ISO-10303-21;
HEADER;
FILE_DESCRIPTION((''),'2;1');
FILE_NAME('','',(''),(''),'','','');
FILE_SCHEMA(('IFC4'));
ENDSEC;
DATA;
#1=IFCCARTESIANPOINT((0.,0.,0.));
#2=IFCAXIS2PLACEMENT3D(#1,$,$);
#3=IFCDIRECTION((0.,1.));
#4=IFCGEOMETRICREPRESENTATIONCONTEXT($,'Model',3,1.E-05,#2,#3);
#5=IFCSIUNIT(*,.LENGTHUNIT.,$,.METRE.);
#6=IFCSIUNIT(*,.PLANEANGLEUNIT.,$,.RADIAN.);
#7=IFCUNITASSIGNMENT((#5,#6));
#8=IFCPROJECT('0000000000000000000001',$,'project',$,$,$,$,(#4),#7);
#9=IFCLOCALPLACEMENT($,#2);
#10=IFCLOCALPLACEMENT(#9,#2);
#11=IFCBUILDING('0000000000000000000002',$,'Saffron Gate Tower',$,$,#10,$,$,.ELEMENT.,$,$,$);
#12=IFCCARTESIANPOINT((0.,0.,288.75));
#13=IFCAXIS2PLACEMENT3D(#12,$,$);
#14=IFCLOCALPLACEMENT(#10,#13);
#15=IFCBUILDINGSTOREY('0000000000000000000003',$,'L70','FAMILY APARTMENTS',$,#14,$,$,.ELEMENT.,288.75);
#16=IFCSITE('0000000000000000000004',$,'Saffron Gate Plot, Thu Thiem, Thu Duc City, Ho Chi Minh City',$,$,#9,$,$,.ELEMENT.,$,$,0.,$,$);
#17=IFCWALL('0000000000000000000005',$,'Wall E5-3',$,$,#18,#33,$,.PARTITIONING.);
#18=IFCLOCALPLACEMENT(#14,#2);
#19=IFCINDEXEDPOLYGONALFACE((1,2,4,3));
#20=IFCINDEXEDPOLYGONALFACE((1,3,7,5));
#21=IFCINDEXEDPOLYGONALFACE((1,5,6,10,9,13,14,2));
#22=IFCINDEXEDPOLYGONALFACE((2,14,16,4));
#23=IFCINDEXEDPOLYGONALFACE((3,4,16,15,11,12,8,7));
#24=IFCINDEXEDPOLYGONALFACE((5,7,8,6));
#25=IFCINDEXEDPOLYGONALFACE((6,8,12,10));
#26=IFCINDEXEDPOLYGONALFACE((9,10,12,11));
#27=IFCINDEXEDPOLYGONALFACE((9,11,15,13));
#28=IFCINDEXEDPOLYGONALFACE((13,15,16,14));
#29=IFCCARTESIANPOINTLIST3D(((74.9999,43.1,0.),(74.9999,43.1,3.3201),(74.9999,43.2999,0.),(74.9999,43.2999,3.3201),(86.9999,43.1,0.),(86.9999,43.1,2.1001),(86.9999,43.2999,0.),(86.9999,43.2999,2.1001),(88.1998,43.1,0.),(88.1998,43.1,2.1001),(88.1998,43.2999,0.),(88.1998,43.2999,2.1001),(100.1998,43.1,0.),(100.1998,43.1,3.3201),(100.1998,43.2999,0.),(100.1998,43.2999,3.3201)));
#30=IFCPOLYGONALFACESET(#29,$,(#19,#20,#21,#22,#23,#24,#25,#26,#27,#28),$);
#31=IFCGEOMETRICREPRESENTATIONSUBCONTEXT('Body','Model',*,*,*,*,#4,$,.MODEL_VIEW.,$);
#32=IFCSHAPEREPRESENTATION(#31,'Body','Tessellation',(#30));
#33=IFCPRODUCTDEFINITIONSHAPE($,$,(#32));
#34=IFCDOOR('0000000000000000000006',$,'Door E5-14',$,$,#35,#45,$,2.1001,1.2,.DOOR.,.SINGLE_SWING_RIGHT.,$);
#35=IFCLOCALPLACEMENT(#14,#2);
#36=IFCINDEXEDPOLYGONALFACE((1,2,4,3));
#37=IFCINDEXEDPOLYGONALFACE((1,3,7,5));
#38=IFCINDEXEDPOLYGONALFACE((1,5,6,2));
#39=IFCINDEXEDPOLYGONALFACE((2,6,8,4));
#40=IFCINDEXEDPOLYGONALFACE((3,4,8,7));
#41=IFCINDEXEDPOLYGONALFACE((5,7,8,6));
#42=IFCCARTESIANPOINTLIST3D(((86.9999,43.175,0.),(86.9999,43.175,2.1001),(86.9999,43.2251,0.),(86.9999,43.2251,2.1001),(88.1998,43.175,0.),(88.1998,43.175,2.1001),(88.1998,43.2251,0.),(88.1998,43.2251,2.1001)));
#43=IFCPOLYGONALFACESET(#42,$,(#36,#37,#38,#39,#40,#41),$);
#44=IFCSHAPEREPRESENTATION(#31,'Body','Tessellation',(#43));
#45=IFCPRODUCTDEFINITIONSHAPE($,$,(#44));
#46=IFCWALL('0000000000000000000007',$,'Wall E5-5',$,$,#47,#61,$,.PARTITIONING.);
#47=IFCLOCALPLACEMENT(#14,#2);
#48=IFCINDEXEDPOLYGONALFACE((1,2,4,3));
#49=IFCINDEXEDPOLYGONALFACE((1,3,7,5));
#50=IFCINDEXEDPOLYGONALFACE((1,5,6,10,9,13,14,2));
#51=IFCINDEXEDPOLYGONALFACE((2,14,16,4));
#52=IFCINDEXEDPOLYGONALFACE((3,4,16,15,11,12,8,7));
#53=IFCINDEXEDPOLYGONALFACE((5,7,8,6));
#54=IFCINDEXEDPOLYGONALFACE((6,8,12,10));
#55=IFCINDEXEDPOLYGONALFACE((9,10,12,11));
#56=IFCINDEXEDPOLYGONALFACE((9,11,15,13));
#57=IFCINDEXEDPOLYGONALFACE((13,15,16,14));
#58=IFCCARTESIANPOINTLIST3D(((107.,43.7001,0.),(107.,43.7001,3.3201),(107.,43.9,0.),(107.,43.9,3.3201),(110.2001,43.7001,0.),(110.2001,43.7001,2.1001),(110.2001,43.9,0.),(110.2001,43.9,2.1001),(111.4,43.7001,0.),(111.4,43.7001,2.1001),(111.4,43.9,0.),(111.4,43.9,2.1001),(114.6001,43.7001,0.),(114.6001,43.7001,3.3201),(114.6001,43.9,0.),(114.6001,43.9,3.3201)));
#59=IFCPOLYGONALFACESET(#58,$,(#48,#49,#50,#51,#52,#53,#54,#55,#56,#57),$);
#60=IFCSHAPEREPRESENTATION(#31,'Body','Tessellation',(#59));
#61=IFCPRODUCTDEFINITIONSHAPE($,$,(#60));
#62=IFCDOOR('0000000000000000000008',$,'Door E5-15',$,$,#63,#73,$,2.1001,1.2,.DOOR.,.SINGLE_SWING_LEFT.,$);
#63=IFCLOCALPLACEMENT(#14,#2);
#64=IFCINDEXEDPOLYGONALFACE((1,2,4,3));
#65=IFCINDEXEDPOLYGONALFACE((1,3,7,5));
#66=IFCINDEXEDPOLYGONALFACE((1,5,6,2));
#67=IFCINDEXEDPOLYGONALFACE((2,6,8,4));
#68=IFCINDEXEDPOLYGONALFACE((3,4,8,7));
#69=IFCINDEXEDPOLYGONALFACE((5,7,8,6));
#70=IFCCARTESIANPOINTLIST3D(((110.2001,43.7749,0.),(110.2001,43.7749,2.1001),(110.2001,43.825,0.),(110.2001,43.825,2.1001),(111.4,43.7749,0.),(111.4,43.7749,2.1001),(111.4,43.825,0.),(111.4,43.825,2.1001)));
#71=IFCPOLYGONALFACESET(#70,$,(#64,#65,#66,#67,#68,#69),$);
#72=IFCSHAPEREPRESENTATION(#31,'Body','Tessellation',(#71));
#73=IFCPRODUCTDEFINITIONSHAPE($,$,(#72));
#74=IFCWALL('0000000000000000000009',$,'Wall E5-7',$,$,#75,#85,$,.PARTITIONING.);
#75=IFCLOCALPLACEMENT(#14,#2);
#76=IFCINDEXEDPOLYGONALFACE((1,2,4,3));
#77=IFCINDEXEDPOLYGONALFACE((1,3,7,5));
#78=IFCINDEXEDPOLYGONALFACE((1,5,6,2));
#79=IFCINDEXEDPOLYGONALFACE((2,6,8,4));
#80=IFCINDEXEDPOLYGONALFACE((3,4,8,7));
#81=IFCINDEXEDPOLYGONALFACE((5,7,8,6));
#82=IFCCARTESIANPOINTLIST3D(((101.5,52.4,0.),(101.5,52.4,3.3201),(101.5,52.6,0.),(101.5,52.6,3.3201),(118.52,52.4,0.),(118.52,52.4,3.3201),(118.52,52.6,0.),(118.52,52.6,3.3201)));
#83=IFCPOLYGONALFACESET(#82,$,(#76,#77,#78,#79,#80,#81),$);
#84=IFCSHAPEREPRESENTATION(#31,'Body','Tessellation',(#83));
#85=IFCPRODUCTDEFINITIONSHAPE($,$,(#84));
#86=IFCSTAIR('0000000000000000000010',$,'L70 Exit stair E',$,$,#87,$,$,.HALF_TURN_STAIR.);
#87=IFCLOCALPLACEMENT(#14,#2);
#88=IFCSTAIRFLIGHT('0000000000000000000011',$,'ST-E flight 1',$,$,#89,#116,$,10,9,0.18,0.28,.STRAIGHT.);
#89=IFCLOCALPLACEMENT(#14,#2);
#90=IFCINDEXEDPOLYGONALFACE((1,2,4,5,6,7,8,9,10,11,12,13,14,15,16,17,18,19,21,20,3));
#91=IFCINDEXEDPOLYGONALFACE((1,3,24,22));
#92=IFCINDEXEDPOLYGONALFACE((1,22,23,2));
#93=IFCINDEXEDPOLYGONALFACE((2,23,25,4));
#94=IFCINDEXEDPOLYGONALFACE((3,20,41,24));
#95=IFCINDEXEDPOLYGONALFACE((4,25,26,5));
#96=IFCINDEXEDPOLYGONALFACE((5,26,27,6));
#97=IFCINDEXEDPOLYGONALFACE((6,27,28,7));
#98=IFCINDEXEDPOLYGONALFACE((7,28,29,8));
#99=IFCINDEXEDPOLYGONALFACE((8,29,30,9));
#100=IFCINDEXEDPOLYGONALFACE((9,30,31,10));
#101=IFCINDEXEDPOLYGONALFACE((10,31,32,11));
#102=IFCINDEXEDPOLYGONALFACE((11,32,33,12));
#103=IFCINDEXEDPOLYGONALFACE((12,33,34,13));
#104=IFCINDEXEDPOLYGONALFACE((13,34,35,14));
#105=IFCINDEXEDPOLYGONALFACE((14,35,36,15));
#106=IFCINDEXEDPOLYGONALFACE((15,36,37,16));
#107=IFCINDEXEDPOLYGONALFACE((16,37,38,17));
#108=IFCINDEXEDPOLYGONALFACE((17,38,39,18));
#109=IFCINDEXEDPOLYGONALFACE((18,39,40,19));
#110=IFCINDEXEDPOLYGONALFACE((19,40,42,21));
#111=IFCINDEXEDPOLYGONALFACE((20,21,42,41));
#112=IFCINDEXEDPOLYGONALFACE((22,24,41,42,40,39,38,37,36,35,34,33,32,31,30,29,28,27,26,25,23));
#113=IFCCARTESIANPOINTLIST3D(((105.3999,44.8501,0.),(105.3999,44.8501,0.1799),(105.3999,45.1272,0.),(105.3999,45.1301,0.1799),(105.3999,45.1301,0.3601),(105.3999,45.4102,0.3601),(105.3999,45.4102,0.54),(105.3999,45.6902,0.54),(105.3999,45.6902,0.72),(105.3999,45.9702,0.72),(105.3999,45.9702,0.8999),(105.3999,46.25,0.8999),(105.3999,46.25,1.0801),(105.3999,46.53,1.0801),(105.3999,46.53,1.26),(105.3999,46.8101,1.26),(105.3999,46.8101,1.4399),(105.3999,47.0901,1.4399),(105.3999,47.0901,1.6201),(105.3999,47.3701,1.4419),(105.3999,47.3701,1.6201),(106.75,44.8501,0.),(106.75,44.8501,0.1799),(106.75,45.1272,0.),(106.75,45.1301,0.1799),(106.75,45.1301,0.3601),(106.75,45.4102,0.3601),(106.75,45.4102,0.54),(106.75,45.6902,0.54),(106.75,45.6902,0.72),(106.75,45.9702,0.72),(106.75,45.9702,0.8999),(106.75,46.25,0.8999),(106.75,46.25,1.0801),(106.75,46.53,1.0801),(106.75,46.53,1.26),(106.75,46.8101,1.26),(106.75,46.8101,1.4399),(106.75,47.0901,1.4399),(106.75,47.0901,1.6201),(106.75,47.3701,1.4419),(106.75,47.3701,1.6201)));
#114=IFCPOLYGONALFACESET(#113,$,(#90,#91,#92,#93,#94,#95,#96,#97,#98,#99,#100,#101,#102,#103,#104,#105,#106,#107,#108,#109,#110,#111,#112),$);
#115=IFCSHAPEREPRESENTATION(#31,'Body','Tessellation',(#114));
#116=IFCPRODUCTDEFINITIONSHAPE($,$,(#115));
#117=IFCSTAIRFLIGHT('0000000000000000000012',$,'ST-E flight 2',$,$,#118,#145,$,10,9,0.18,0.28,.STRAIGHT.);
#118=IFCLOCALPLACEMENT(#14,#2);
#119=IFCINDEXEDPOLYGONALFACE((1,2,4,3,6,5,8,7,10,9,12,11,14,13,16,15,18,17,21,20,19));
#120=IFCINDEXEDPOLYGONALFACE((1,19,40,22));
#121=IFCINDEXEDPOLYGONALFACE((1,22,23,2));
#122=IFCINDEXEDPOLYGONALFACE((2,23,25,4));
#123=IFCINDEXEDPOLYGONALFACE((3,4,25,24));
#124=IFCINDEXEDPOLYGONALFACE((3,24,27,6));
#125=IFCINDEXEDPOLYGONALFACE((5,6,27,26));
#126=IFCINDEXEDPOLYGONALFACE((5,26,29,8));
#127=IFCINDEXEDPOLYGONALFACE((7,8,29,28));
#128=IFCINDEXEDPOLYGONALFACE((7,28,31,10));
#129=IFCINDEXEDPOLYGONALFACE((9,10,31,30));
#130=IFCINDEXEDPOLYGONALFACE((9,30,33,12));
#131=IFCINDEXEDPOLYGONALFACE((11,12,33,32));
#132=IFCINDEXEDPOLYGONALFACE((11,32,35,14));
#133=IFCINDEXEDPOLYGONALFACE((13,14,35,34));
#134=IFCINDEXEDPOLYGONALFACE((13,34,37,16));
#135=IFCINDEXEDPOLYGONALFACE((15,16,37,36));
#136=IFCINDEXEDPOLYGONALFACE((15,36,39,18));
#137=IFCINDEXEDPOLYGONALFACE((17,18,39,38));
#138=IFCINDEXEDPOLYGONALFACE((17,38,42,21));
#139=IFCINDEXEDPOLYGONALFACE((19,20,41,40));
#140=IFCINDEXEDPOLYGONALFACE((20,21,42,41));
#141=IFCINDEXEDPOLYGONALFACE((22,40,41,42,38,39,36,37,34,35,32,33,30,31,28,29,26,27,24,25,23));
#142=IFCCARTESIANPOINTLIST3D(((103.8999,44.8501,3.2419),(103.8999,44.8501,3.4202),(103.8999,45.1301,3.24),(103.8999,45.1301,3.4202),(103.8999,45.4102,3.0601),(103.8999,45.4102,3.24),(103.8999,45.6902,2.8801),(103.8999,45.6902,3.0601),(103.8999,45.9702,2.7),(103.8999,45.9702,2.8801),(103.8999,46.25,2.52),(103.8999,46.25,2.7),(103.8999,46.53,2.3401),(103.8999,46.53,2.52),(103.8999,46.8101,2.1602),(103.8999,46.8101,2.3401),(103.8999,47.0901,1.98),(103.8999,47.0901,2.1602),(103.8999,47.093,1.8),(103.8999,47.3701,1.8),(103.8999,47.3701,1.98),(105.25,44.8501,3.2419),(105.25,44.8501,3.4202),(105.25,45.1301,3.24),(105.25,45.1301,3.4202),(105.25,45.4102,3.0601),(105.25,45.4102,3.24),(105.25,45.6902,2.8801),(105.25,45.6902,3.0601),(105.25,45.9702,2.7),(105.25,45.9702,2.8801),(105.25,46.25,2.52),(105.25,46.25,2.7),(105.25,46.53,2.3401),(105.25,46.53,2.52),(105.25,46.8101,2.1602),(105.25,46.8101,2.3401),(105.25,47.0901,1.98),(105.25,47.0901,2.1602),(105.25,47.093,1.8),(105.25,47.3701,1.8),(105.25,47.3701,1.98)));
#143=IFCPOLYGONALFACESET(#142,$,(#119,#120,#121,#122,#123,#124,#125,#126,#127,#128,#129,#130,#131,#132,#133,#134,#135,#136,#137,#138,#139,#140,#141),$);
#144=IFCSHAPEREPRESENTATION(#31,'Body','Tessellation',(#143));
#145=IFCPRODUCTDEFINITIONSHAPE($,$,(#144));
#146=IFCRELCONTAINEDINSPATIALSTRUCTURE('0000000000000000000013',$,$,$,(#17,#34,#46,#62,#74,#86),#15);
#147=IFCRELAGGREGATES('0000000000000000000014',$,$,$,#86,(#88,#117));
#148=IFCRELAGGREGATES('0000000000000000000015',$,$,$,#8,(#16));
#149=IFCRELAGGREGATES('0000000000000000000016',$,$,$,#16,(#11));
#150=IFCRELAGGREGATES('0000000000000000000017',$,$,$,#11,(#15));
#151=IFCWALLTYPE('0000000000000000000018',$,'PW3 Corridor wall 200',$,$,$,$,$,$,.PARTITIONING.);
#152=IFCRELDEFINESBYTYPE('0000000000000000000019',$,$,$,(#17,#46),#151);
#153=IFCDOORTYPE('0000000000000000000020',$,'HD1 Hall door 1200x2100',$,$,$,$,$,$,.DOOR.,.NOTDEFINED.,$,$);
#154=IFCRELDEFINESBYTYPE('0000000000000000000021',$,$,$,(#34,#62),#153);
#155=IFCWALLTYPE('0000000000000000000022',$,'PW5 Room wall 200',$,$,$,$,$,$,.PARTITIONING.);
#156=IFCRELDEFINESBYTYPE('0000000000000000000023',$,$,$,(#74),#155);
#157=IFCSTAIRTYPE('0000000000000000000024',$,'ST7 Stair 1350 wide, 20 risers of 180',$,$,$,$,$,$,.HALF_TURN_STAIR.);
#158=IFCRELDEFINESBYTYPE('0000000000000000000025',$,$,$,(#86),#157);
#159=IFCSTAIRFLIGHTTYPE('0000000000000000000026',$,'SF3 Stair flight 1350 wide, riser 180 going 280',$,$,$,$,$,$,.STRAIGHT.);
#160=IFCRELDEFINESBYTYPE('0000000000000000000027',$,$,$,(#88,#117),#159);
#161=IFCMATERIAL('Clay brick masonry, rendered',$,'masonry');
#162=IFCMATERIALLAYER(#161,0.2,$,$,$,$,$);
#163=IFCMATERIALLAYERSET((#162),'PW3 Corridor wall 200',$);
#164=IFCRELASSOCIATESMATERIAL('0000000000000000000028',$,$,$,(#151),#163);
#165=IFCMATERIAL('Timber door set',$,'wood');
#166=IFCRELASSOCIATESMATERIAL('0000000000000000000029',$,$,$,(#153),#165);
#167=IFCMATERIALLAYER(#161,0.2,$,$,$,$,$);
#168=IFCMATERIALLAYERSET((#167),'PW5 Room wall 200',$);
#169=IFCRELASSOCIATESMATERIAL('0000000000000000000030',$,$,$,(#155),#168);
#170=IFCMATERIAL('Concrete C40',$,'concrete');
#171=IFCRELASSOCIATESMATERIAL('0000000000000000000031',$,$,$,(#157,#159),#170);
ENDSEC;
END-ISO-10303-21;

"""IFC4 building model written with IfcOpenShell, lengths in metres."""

from ifc_helpers import new_model, si_unit, direction, frame, frame_2d, origin, place, context, subcontext, project, spatial, polyline, rectangle, outline, extrude, material, layer, layer_set, type_object, element, fill, aggregate, save


model = new_model("IFC4")

# Units and contexts
model_context = context("Model", 3, precision=1e-05, world=origin(), true_north=direction((0.0, 1.0)))
body_context = subcontext(model_context, "Body", "Model", "MODEL_VIEW")
ifc_project = project(units=[si_unit("LENGTHUNIT", "METRE"), si_unit("PLANEANGLEUNIT", "RADIAN")], contexts=[model_context])

# Site, building, storey
site_placement = place(None, origin())
site = spatial("IfcSite", under=ifc_project, at=site_placement, Name="Saffron Gate Plot, Thu Thiem, Thu Duc City, Ho Chi Minh City", CompositionType="ELEMENT", RefElevation=0.0)
building_placement = place(site_placement, origin())
building = spatial("IfcBuilding", under=site, at=building_placement, Name="Saffron Gate Tower", CompositionType="ELEMENT")
storey_placement = place(building_placement, frame((0.0, 0.0, 288.75)))
storey = spatial("IfcBuildingStorey", under=building, at=storey_placement, Name="L70", Description="FAMILY APARTMENTS", CompositionType="ELEMENT", Elevation=288.75)

# Walls, openings, doors
ifc_material_1 = material(Name="Clay brick masonry, rendered", Category="masonry")
ifc_layer_1 = layer(ifc_material_1, 0.2)
ifc_layer_set_1 = layer_set([ifc_layer_1], Name="PW3 Corridor wall 200")
wall_type_1 = type_object("IfcWallType", Name="PW3 Corridor wall 200", PredefinedType="PARTITIONING", material=ifc_layer_set_1)
wall_1_placement = place(storey_placement, frame((100.2, 43.2, 0.0), z_axis=(0.0, 0.0, 1.0), x_axis=(-1.0, 0.0, 0.0)))
wall_1 = element("IfcWall", 1, at=wall_1_placement, inside=storey, type_object=wall_type_1, Name="Wall E5-3", PredefinedType="PARTITIONING", context=body_context, shape_type="SweptSolid", body=[
    extrude(rectangle(XDim=25.2, YDim=0.2, at=frame_2d((12.6001, 0.0))), origin(), (0.0, 0.0, 1.0), 3.3201),
])
opening_1_placement = place(wall_1_placement, frame((12.0, 0.0, 0.0)))
opening_1 = element("IfcOpeningElement", 2, at=opening_1_placement, cuts=wall_1, PredefinedType="OPENING", context=body_context, shape_type="SweptSolid", body=[
    extrude(rectangle(XDim=1.2, YDim=2.1001, at=frame_2d((0.6001, 1.05))), frame((0.0, 0.1099, 0.0), z_axis=(0.0, -1.0, 0.0), x_axis=(1.0, 0.0, 0.0)), (0.0, 0.0, 1.0), 0.22),
])
ifc_material_2 = material(Name="Timber door set", Category="wood")
door_type_1 = type_object("IfcDoorType", Name="HD1 Hall door 1200x2100", OperationType="NOTDEFINED", PredefinedType="DOOR", material=ifc_material_2)
door_1_placement = place(opening_1_placement, origin())
door_1 = element("IfcDoor", 3, at=door_1_placement, inside=storey, type_object=door_type_1, Name="Door E5-14", OperationType="SINGLE_SWING_RIGHT", OverallHeight=2.1001, OverallWidth=1.2, PredefinedType="DOOR", context=body_context, shape_type="SweptSolid", body=[
    extrude(rectangle(XDim=1.2, YDim=2.1001, at=frame_2d((0.6001, 1.05))), frame((0.0, 0.0249, 0.0), z_axis=(0.0, -1.0, 0.0), x_axis=(1.0, 0.0, 0.0)), (0.0, 0.0, 1.0), 0.05),
])
fill(opening_1, door_1)
wall_2_placement = place(storey_placement, frame((107.0, 43.8, 0.0), z_axis=(0.0, 0.0, 1.0), x_axis=(1.0, 0.0, 0.0)))
wall_2 = element("IfcWall", 4, at=wall_2_placement, inside=storey, type_object=wall_type_1, Name="Wall E5-5", PredefinedType="PARTITIONING", context=body_context, shape_type="SweptSolid", body=[
    extrude(rectangle(XDim=7.6001, YDim=0.2, at=frame_2d((3.8, 0.0))), origin(), (0.0, 0.0, 1.0), 3.3201),
])
opening_2_placement = place(wall_2_placement, frame((3.2, 0.0, 0.0)))
opening_2 = element("IfcOpeningElement", 5, at=opening_2_placement, cuts=wall_2, PredefinedType="OPENING", context=body_context, shape_type="SweptSolid", body=[
    extrude(rectangle(XDim=1.2, YDim=2.1001, at=frame_2d((0.6001, 1.05))), frame((0.0, 0.1099, 0.0), z_axis=(0.0, -1.0, 0.0), x_axis=(1.0, 0.0, 0.0)), (0.0, 0.0, 1.0), 0.22),
])
door_2_placement = place(opening_2_placement, origin())
door_2 = element("IfcDoor", 6, at=door_2_placement, inside=storey, type_object=door_type_1, Name="Door E5-15", OperationType="SINGLE_SWING_LEFT", OverallHeight=2.1001, OverallWidth=1.2, PredefinedType="DOOR", context=body_context, shape_type="SweptSolid", body=[
    extrude(rectangle(XDim=1.2, YDim=2.1001, at=frame_2d((0.6001, 1.05))), frame((0.0, 0.0249, 0.0), z_axis=(0.0, -1.0, 0.0), x_axis=(1.0, 0.0, 0.0)), (0.0, 0.0, 1.0), 0.05),
])
fill(opening_2, door_2)

# Wall
ifc_layer_2 = layer(ifc_material_1, 0.2)
ifc_layer_set_2 = layer_set([ifc_layer_2], Name="PW5 Room wall 200")
wall_type_2 = type_object("IfcWallType", Name="PW5 Room wall 200", PredefinedType="PARTITIONING", material=ifc_layer_set_2)
wall_3_placement = place(storey_placement, frame((101.5, 52.5, 0.0), z_axis=(0.0, 0.0, 1.0), x_axis=(1.0, 0.0, 0.0)))
element("IfcWall", 7, at=wall_3_placement, inside=storey, type_object=wall_type_2, Name="Wall E5-7", PredefinedType="PARTITIONING", context=body_context, shape_type="SweptSolid", body=[
    extrude(rectangle(XDim=17.02, YDim=0.2, at=frame_2d((8.51, 0.0))), origin(), (0.0, 0.0, 1.0), 3.3201),
])

# Stair, stair flights
ifc_material_3 = material(Name="Concrete C40", Category="concrete")
stair_type = type_object("IfcStairType", Name="ST7 Stair 1350 wide, 20 risers of 180", PredefinedType="HALF_TURN_STAIR", material=ifc_material_3)
stair_placement = place(storey_placement, origin())
stair = element("IfcStair", 8, at=stair_placement, inside=storey, type_object=stair_type, Name="L70 Exit stair E", PredefinedType="HALF_TURN_STAIR")
stair_flight_type = type_object("IfcStairFlightType", Name="SF3 Stair flight 1350 wide, riser 180 going 280", PredefinedType="STRAIGHT", material=ifc_material_3)
stair_flight_1_placement = place(storey_placement, frame((106.075, 44.8501, 0.0), z_axis=(0.0, 0.0, 1.0), x_axis=(0.0, 1.0, 0.0)))
stair_flight_1 = element("IfcStairFlight", 9, at=stair_flight_1_placement, type_object=stair_flight_type, Name="ST-E flight 1", NumberOfRisers=10, NumberOfTreads=9, PredefinedType="STRAIGHT", RiserHeight=0.18, TreadLength=0.28, context=body_context, shape_type="SweptSolid", body=[
    extrude(outline(polyline([(0.0, 0.0), (0.0, 0.1799), (0.28, 0.1799), (0.28, 0.3601), (0.5601, 0.3601), (0.5601, 0.54), (0.8401, 0.54), (0.8401, 0.72), (1.1201, 0.72), (1.1201, 0.8999), (1.3999, 0.8999), (1.3999, 1.0801), (1.6799, 1.0801), (1.6799, 1.26), (1.96, 1.26), (1.96, 1.4399), (2.24, 1.4399), (2.24, 1.6201), (2.52, 1.6201), (2.52, 1.8), (2.52, 1.4419), (0.2771, 0.0), (0.0, 0.0)])), frame((0.0, 0.675, 0.0), z_axis=(0.0, -1.0, 0.0), x_axis=(1.0, 0.0, 0.0)), (0.0, 0.0, 1.0), 1.3501),
])
stair_flight_2_placement = place(storey_placement, frame((104.575, 47.3701, 1.8), z_axis=(0.0, 0.0, 1.0), x_axis=(0.0, -1.0, 0.0)))
stair_flight_2 = element("IfcStairFlight", 10, at=stair_flight_2_placement, type_object=stair_flight_type, Name="ST-E flight 2", NumberOfRisers=10, NumberOfTreads=9, PredefinedType="STRAIGHT", RiserHeight=0.18, TreadLength=0.28, context=body_context, shape_type="SweptSolid", body=[
    extrude(outline(polyline([(0.0, 0.0), (0.0, 0.1799), (0.28, 0.1799), (0.28, 0.3601), (0.5601, 0.3601), (0.5601, 0.54), (0.8401, 0.54), (0.8401, 0.72), (1.1201, 0.72), (1.1201, 0.8999), (1.3999, 0.8999), (1.3999, 1.0801), (1.6799, 1.0801), (1.6799, 1.26), (1.96, 1.26), (1.96, 1.4399), (2.24, 1.4399), (2.24, 1.6201), (2.52, 1.6201), (2.52, 1.8), (2.52, 1.4419), (0.2771, 0.0), (0.0, 0.0)])), frame((0.0, 0.675, 0.0), z_axis=(0.0, -1.0, 0.0), x_axis=(1.0, 0.0, 0.0)), (0.0, 0.0, 1.0), 1.3501),
])
aggregate(stair, [stair_flight_1, stair_flight_2])

save(model, "model.ifc")
